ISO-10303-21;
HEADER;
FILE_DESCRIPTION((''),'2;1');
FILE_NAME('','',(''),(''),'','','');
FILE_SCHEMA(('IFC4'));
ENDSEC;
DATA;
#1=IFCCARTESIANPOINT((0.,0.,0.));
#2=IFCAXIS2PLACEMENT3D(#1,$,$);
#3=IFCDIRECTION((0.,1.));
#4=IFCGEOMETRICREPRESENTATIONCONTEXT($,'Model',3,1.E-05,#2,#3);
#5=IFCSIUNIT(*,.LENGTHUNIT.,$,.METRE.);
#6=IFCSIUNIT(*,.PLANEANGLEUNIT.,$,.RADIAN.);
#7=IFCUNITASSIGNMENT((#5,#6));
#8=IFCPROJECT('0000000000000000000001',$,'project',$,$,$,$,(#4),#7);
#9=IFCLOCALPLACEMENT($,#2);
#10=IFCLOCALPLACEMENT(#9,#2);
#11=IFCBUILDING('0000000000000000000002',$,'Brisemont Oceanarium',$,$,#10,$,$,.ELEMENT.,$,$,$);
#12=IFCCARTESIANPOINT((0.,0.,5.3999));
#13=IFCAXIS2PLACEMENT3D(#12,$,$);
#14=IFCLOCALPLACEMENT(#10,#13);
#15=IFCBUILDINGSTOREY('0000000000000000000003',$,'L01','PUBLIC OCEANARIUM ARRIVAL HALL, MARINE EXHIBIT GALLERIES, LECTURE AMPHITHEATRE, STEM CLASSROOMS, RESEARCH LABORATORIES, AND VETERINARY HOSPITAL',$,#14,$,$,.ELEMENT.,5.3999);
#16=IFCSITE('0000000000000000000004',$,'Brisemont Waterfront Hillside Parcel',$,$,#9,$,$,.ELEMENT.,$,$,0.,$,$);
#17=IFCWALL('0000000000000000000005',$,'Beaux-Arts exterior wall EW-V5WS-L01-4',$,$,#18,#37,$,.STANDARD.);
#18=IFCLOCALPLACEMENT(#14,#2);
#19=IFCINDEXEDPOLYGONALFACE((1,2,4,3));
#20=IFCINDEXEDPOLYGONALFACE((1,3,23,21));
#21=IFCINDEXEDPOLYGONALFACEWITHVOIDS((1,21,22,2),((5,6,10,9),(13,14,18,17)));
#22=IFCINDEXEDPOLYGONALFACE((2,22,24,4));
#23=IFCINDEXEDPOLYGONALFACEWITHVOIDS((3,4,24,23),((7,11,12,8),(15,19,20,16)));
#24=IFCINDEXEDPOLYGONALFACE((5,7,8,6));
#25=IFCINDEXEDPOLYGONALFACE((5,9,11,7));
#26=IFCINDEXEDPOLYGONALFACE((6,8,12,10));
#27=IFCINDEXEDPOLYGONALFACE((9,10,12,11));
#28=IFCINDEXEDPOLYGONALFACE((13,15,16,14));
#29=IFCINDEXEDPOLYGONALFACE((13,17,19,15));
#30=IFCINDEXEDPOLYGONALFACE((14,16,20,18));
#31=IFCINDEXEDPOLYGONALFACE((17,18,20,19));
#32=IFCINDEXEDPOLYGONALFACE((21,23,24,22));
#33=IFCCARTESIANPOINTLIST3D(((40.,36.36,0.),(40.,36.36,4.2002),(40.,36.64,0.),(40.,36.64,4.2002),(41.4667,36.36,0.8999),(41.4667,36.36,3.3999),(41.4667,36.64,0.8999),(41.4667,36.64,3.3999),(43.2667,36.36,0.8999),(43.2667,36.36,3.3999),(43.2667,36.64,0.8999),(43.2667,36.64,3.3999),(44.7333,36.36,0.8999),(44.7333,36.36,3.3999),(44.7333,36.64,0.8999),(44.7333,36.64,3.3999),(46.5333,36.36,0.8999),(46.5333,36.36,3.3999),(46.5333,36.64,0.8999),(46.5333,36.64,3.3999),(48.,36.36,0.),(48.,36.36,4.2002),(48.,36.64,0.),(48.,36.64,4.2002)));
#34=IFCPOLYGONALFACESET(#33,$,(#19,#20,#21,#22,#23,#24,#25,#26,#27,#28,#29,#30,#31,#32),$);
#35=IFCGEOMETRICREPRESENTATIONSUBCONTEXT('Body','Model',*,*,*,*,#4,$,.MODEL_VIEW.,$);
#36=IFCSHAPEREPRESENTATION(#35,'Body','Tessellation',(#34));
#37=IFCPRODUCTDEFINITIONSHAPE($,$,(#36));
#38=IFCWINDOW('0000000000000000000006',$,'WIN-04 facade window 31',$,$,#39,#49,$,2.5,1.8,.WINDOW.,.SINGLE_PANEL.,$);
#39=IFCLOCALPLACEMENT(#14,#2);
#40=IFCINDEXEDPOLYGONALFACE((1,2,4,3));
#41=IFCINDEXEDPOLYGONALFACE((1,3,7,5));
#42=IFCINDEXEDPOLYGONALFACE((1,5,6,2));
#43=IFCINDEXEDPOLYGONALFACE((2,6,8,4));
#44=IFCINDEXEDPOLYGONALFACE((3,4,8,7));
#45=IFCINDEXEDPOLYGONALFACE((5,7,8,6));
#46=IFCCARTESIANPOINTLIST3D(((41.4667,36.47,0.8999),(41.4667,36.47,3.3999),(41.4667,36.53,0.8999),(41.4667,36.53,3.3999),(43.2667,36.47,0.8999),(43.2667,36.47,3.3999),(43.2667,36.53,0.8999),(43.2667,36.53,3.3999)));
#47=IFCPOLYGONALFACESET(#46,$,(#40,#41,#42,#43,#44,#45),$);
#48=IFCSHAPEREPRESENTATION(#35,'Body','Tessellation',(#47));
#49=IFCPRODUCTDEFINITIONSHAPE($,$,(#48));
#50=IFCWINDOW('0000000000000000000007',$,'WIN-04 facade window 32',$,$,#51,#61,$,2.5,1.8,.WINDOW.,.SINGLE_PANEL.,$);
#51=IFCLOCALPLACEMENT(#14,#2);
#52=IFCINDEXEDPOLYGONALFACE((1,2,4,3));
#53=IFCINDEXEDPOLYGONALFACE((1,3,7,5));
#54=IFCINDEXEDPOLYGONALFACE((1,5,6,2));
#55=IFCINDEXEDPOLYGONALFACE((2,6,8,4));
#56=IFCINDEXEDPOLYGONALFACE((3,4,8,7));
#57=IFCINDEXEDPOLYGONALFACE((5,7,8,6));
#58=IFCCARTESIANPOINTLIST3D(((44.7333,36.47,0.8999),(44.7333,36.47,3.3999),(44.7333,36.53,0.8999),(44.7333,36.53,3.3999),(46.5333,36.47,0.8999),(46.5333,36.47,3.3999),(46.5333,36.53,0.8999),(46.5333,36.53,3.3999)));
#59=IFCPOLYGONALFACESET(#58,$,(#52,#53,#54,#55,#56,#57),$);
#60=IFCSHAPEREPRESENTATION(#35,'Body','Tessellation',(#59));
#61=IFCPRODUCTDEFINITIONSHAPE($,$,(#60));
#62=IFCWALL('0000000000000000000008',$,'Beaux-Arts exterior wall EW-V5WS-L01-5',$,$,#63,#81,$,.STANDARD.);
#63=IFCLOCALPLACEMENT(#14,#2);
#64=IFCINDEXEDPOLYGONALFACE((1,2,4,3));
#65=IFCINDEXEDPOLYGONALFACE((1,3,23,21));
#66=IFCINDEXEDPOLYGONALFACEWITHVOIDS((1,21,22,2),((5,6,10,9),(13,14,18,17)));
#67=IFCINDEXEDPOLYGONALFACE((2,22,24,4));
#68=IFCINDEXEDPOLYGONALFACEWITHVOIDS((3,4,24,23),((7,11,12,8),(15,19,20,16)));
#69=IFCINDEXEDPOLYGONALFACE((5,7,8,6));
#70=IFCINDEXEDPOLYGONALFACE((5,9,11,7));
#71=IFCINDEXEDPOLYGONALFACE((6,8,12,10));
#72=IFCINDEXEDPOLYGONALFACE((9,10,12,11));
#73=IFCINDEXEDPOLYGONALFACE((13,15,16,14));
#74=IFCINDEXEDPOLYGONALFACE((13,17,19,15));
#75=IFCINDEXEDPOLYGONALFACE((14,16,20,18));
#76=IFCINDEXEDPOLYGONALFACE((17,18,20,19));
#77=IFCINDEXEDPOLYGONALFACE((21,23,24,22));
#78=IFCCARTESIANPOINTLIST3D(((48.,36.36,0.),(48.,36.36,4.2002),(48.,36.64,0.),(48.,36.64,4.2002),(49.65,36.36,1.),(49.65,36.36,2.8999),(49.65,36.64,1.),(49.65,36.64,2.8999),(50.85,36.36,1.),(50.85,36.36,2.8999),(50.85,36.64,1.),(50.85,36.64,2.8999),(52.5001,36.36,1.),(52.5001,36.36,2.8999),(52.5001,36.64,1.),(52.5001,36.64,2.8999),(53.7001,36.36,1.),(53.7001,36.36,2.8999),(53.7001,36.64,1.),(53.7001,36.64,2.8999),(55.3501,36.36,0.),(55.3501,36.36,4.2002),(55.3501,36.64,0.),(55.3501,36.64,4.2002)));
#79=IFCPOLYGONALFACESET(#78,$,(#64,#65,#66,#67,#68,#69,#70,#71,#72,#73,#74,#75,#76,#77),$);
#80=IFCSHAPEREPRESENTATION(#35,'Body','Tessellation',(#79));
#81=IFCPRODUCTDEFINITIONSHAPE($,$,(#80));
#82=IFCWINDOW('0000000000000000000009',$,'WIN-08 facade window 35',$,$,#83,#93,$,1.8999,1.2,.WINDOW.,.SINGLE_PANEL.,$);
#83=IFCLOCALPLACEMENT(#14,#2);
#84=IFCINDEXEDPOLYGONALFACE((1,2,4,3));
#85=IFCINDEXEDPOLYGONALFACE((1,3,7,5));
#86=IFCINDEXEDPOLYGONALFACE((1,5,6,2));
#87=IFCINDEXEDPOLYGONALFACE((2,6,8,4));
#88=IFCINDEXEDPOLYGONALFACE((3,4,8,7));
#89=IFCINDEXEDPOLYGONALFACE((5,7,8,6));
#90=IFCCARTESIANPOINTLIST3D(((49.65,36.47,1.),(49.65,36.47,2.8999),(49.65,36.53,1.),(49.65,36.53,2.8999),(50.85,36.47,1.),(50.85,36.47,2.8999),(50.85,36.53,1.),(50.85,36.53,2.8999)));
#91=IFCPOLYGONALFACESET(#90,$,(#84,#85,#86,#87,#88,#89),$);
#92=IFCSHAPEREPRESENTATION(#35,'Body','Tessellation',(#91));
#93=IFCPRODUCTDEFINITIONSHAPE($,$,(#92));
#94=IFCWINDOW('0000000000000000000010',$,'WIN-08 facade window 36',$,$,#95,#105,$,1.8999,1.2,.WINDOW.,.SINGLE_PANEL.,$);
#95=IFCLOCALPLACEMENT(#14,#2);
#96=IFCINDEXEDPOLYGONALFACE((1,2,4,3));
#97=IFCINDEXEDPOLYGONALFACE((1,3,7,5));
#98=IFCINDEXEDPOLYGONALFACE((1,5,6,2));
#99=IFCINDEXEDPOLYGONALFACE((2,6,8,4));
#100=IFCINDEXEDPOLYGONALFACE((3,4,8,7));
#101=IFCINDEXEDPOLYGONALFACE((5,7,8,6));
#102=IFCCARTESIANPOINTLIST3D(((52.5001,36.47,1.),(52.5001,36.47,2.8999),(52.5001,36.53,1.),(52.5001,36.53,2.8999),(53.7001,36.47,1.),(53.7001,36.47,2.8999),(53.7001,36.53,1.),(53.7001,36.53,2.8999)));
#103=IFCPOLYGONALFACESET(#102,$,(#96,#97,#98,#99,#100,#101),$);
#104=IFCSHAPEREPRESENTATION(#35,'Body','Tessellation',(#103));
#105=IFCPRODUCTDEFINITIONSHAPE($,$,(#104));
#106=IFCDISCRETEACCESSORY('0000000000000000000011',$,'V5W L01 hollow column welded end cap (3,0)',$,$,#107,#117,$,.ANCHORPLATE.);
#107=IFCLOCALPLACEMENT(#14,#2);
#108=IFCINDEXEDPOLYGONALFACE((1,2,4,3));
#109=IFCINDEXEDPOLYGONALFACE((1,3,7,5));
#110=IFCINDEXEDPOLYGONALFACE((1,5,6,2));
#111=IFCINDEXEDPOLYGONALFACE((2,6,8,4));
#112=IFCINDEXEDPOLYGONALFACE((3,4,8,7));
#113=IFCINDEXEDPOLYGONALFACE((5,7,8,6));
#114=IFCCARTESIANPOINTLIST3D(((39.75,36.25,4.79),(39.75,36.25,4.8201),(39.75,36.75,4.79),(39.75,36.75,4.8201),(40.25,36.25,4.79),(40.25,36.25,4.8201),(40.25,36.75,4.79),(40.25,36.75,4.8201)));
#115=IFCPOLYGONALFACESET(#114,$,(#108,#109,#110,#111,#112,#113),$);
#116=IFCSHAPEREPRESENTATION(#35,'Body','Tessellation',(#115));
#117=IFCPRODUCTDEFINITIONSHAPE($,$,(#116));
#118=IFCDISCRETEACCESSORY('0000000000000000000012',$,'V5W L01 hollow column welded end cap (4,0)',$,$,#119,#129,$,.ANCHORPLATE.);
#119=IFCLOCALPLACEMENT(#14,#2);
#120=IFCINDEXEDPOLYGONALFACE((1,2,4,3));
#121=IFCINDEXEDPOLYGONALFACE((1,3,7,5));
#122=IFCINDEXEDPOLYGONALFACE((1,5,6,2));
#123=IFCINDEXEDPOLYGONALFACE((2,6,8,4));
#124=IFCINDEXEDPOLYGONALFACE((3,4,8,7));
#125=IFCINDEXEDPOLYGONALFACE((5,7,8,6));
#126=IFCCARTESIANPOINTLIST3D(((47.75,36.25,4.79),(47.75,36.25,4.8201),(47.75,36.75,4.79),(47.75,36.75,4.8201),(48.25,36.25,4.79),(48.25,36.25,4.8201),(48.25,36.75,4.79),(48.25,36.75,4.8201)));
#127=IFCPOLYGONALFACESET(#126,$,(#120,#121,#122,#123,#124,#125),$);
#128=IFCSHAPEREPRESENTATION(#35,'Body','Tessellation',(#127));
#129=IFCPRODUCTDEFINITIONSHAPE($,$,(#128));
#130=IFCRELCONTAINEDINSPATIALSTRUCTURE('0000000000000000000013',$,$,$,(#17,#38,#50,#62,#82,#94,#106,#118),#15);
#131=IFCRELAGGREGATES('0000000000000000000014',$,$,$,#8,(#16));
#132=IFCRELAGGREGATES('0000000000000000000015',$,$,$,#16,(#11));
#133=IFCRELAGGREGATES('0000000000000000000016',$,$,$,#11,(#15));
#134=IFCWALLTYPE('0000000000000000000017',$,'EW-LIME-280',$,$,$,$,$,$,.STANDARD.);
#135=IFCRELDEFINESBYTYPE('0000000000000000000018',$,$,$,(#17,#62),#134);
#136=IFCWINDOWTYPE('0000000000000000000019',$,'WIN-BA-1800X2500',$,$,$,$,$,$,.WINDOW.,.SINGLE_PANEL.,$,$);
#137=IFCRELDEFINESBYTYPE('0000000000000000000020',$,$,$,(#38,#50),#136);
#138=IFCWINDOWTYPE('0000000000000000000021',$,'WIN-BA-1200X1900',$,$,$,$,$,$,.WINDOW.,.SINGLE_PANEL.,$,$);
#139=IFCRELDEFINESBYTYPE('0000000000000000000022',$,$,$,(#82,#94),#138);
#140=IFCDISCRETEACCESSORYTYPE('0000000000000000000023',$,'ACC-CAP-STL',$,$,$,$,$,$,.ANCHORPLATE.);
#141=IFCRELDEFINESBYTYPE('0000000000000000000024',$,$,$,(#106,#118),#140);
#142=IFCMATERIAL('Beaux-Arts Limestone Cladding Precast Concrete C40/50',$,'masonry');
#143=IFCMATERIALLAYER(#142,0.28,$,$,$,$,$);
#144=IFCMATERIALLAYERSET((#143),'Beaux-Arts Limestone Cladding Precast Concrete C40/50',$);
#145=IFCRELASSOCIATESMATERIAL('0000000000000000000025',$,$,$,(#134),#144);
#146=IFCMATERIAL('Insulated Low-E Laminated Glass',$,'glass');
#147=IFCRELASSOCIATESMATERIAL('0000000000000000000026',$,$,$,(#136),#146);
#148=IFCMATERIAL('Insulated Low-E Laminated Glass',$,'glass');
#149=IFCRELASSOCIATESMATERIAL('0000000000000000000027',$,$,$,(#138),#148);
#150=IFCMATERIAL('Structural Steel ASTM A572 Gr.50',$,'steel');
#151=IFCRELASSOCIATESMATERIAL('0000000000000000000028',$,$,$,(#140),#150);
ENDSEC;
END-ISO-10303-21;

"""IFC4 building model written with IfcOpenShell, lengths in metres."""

from ifc_helpers import new_model, si_unit, direction, frame, frame_2d, origin, origin_2d, place, context, subcontext, project, spatial, rectangle, extrude, material, layer, layer_set, type_object, element, fill, save


model = new_model("IFC4")

# Units and contexts
model_context = context("Model", 3, precision=1e-05, world=origin(), true_north=direction((0.0, 1.0)))
body_context = subcontext(model_context, "Body", "Model", "MODEL_VIEW")
ifc_project = project(units=[si_unit("LENGTHUNIT", "METRE"), si_unit("PLANEANGLEUNIT", "RADIAN")], contexts=[model_context])

# Site, building, storey
site_placement = place(None, origin())
site = spatial("IfcSite", under=ifc_project, at=site_placement, Name="Brisemont Waterfront Hillside Parcel", CompositionType="ELEMENT", RefElevation=0.0)
building_placement = place(site_placement, origin())
building = spatial("IfcBuilding", under=site, at=building_placement, Name="Brisemont Oceanarium", CompositionType="ELEMENT")
storey_placement = place(building_placement, frame((0.0, 0.0, 5.3999)))
storey = spatial("IfcBuildingStorey", under=building, at=storey_placement, Name="L01", Description="PUBLIC OCEANARIUM ARRIVAL HALL, MARINE EXHIBIT GALLERIES, LECTURE AMPHITHEATRE, STEM CLASSROOMS, RESEARCH LABORATORIES, AND VETERINARY HOSPITAL", CompositionType="ELEMENT", Elevation=5.3999)

# Walls, openings, windows
ifc_material_1 = material(Name="Beaux-Arts Limestone Cladding Precast Concrete C40/50", Category="masonry")
ifc_layer = layer(ifc_material_1, 0.28)
ifc_layer_set = layer_set([ifc_layer], Name="Beaux-Arts Limestone Cladding Precast Concrete C40/50")
wall_type = type_object("IfcWallType", Name="EW-LIME-280", PredefinedType="STANDARD", material=ifc_layer_set)
wall_1_placement = place(storey_placement, frame((40.0, 36.5, 0.0), z_axis=(0.0, 0.0, 1.0), x_axis=(1.0, 0.0, 0.0)))
wall_1 = element("IfcWall", 1, at=wall_1_placement, inside=storey, type_object=wall_type, Name="Beaux-Arts exterior wall EW-V5WS-L01-4", PredefinedType="STANDARD", context=body_context, shape_type="SweptSolid", body=[
    extrude(rectangle(XDim=8.0, YDim=0.28, at=frame_2d((4.0, 0.0))), origin(), (0.0, 0.0, 1.0), 4.2002),
])
opening_1_placement = place(wall_1_placement, frame((1.4668, 0.0, 0.8999)))
opening_1 = element("IfcOpeningElement", 2, at=opening_1_placement, cuts=wall_1, PredefinedType="OPENING", context=body_context, shape_type="SweptSolid", body=[
    extrude(rectangle(XDim=1.8, YDim=2.5, at=frame_2d((0.8999, 1.25))), frame((0.0, 0.1499, 0.0), z_axis=(0.0, -1.0, 0.0), x_axis=(1.0, 0.0, 0.0)), (0.0, 0.0, 1.0), 0.3),
])
opening_2_placement = place(wall_1_placement, frame((4.7334, 0.0, 0.8999)))
opening_2 = element("IfcOpeningElement", 3, at=opening_2_placement, cuts=wall_1, PredefinedType="OPENING", context=body_context, shape_type="SweptSolid", body=[
    extrude(rectangle(XDim=1.8, YDim=2.5, at=frame_2d((0.8999, 1.25))), frame((0.0, 0.1499, 0.0), z_axis=(0.0, -1.0, 0.0), x_axis=(1.0, 0.0, 0.0)), (0.0, 0.0, 1.0), 0.3),
])
ifc_material_2 = material(Name="Insulated Low-E Laminated Glass", Category="glass")
window_type_1 = type_object("IfcWindowType", Name="WIN-BA-1800X2500", PartitioningType="SINGLE_PANEL", PredefinedType="WINDOW", material=ifc_material_2)
window_1_placement = place(opening_1_placement, origin())
window_1 = element("IfcWindow", 4, at=window_1_placement, inside=storey, type_object=window_type_1, Name="WIN-04 facade window 31", OverallHeight=2.5, OverallWidth=1.8, PartitioningType="SINGLE_PANEL", PredefinedType="WINDOW", context=body_context, shape_type="SweptSolid", body=[
    extrude(rectangle(XDim=1.8, YDim=2.5, at=frame_2d((0.8999, 1.25))), frame((0.0, 0.03, 0.0), z_axis=(0.0, -1.0, 0.0), x_axis=(1.0, 0.0, 0.0)), (0.0, 0.0, 1.0), 0.0601),
])
fill(opening_1, window_1)
window_2_placement = place(opening_2_placement, origin())
window_2 = element("IfcWindow", 5, at=window_2_placement, inside=storey, type_object=window_type_1, Name="WIN-04 facade window 32", OverallHeight=2.5, OverallWidth=1.8, PartitioningType="SINGLE_PANEL", PredefinedType="WINDOW", context=body_context, shape_type="SweptSolid", body=[
    extrude(rectangle(XDim=1.8, YDim=2.5, at=frame_2d((0.8999, 1.25))), frame((0.0, 0.03, 0.0), z_axis=(0.0, -1.0, 0.0), x_axis=(1.0, 0.0, 0.0)), (0.0, 0.0, 1.0), 0.0601),
])
fill(opening_2, window_2)
wall_2_placement = place(storey_placement, frame((48.0, 36.5, 0.0), z_axis=(0.0, 0.0, 1.0), x_axis=(1.0, 0.0, 0.0)))
wall_2 = element("IfcWall", 6, at=wall_2_placement, inside=storey, type_object=wall_type, Name="Beaux-Arts exterior wall EW-V5WS-L01-5", PredefinedType="STANDARD", context=body_context, shape_type="SweptSolid", body=[
    extrude(rectangle(XDim=7.3501, YDim=0.28, at=frame_2d((3.675, 0.0))), origin(), (0.0, 0.0, 1.0), 4.2002),
])
opening_3_placement = place(wall_2_placement, frame((1.6499, 0.0, 1.0)))
opening_3 = element("IfcOpeningElement", 7, at=opening_3_placement, cuts=wall_2, PredefinedType="OPENING", context=body_context, shape_type="SweptSolid", body=[
    extrude(rectangle(XDim=1.2, YDim=1.8999, at=frame_2d((0.6001, 0.95))), frame((0.0, 0.1499, 0.0), z_axis=(0.0, -1.0, 0.0), x_axis=(1.0, 0.0, 0.0)), (0.0, 0.0, 1.0), 0.3),
])
opening_4_placement = place(wall_2_placement, frame((4.5, 0.0, 1.0)))
opening_4 = element("IfcOpeningElement", 8, at=opening_4_placement, cuts=wall_2, PredefinedType="OPENING", context=body_context, shape_type="SweptSolid", body=[
    extrude(rectangle(XDim=1.2, YDim=1.8999, at=frame_2d((0.6001, 0.95))), frame((0.0, 0.1499, 0.0), z_axis=(0.0, -1.0, 0.0), x_axis=(1.0, 0.0, 0.0)), (0.0, 0.0, 1.0), 0.3),
])
ifc_material_3 = material(Name="Insulated Low-E Laminated Glass", Category="glass")
window_type_2 = type_object("IfcWindowType", Name="WIN-BA-1200X1900", PartitioningType="SINGLE_PANEL", PredefinedType="WINDOW", material=ifc_material_3)
window_3_placement = place(opening_3_placement, origin())
window_3 = element("IfcWindow", 9, at=window_3_placement, inside=storey, type_object=window_type_2, Name="WIN-08 facade window 35", OverallHeight=1.8999, OverallWidth=1.2, PartitioningType="SINGLE_PANEL", PredefinedType="WINDOW", context=body_context, shape_type="SweptSolid", body=[
    extrude(rectangle(XDim=1.2, YDim=1.8999, at=frame_2d((0.6001, 0.95))), frame((0.0, 0.03, 0.0), z_axis=(0.0, -1.0, 0.0), x_axis=(1.0, 0.0, 0.0)), (0.0, 0.0, 1.0), 0.0601),
])
fill(opening_3, window_3)
window_4_placement = place(opening_4_placement, origin())
window_4 = element("IfcWindow", 10, at=window_4_placement, inside=storey, type_object=window_type_2, Name="WIN-08 facade window 36", OverallHeight=1.8999, OverallWidth=1.2, PartitioningType="SINGLE_PANEL", PredefinedType="WINDOW", context=body_context, shape_type="SweptSolid", body=[
    extrude(rectangle(XDim=1.2, YDim=1.8999, at=frame_2d((0.6001, 0.95))), frame((0.0, 0.03, 0.0), z_axis=(0.0, -1.0, 0.0), x_axis=(1.0, 0.0, 0.0)), (0.0, 0.0, 1.0), 0.0601),
])
fill(opening_4, window_4)

# Discrete accessories
ifc_material_4 = material(Name="Structural Steel ASTM A572 Gr.50", Category="steel")
discrete_accessory_type = type_object("IfcDiscreteAccessoryType", Name="ACC-CAP-STL", PredefinedType="ANCHORPLATE", material=ifc_material_4)
for number, where, z_axis, x_axis, name in (
    (11, (40.0, 36.5, 4.79), (0.0, 0.0, 1.0), (1.0, 0.0, 0.0), "V5W L01 hollow column welded end cap (3,0)"),
    (12, (48.0, 36.5, 4.79), (0.0, 0.0, 1.0), (1.0, 0.0, 0.0), "V5W L01 hollow column welded end cap (4,0)"),
):
    element("IfcDiscreteAccessory", number, at=place(storey_placement, frame(where, z_axis=z_axis, x_axis=x_axis)), inside=storey, type_object=discrete_accessory_type, Name=name, PredefinedType="ANCHORPLATE", context=body_context, shape_type="SweptSolid", body=[
        extrude(rectangle(XDim=0.5, YDim=0.5, at=origin_2d()), origin(), (0.0, 0.0, 1.0), 0.03),
    ])

save(model, "model.ifc")
